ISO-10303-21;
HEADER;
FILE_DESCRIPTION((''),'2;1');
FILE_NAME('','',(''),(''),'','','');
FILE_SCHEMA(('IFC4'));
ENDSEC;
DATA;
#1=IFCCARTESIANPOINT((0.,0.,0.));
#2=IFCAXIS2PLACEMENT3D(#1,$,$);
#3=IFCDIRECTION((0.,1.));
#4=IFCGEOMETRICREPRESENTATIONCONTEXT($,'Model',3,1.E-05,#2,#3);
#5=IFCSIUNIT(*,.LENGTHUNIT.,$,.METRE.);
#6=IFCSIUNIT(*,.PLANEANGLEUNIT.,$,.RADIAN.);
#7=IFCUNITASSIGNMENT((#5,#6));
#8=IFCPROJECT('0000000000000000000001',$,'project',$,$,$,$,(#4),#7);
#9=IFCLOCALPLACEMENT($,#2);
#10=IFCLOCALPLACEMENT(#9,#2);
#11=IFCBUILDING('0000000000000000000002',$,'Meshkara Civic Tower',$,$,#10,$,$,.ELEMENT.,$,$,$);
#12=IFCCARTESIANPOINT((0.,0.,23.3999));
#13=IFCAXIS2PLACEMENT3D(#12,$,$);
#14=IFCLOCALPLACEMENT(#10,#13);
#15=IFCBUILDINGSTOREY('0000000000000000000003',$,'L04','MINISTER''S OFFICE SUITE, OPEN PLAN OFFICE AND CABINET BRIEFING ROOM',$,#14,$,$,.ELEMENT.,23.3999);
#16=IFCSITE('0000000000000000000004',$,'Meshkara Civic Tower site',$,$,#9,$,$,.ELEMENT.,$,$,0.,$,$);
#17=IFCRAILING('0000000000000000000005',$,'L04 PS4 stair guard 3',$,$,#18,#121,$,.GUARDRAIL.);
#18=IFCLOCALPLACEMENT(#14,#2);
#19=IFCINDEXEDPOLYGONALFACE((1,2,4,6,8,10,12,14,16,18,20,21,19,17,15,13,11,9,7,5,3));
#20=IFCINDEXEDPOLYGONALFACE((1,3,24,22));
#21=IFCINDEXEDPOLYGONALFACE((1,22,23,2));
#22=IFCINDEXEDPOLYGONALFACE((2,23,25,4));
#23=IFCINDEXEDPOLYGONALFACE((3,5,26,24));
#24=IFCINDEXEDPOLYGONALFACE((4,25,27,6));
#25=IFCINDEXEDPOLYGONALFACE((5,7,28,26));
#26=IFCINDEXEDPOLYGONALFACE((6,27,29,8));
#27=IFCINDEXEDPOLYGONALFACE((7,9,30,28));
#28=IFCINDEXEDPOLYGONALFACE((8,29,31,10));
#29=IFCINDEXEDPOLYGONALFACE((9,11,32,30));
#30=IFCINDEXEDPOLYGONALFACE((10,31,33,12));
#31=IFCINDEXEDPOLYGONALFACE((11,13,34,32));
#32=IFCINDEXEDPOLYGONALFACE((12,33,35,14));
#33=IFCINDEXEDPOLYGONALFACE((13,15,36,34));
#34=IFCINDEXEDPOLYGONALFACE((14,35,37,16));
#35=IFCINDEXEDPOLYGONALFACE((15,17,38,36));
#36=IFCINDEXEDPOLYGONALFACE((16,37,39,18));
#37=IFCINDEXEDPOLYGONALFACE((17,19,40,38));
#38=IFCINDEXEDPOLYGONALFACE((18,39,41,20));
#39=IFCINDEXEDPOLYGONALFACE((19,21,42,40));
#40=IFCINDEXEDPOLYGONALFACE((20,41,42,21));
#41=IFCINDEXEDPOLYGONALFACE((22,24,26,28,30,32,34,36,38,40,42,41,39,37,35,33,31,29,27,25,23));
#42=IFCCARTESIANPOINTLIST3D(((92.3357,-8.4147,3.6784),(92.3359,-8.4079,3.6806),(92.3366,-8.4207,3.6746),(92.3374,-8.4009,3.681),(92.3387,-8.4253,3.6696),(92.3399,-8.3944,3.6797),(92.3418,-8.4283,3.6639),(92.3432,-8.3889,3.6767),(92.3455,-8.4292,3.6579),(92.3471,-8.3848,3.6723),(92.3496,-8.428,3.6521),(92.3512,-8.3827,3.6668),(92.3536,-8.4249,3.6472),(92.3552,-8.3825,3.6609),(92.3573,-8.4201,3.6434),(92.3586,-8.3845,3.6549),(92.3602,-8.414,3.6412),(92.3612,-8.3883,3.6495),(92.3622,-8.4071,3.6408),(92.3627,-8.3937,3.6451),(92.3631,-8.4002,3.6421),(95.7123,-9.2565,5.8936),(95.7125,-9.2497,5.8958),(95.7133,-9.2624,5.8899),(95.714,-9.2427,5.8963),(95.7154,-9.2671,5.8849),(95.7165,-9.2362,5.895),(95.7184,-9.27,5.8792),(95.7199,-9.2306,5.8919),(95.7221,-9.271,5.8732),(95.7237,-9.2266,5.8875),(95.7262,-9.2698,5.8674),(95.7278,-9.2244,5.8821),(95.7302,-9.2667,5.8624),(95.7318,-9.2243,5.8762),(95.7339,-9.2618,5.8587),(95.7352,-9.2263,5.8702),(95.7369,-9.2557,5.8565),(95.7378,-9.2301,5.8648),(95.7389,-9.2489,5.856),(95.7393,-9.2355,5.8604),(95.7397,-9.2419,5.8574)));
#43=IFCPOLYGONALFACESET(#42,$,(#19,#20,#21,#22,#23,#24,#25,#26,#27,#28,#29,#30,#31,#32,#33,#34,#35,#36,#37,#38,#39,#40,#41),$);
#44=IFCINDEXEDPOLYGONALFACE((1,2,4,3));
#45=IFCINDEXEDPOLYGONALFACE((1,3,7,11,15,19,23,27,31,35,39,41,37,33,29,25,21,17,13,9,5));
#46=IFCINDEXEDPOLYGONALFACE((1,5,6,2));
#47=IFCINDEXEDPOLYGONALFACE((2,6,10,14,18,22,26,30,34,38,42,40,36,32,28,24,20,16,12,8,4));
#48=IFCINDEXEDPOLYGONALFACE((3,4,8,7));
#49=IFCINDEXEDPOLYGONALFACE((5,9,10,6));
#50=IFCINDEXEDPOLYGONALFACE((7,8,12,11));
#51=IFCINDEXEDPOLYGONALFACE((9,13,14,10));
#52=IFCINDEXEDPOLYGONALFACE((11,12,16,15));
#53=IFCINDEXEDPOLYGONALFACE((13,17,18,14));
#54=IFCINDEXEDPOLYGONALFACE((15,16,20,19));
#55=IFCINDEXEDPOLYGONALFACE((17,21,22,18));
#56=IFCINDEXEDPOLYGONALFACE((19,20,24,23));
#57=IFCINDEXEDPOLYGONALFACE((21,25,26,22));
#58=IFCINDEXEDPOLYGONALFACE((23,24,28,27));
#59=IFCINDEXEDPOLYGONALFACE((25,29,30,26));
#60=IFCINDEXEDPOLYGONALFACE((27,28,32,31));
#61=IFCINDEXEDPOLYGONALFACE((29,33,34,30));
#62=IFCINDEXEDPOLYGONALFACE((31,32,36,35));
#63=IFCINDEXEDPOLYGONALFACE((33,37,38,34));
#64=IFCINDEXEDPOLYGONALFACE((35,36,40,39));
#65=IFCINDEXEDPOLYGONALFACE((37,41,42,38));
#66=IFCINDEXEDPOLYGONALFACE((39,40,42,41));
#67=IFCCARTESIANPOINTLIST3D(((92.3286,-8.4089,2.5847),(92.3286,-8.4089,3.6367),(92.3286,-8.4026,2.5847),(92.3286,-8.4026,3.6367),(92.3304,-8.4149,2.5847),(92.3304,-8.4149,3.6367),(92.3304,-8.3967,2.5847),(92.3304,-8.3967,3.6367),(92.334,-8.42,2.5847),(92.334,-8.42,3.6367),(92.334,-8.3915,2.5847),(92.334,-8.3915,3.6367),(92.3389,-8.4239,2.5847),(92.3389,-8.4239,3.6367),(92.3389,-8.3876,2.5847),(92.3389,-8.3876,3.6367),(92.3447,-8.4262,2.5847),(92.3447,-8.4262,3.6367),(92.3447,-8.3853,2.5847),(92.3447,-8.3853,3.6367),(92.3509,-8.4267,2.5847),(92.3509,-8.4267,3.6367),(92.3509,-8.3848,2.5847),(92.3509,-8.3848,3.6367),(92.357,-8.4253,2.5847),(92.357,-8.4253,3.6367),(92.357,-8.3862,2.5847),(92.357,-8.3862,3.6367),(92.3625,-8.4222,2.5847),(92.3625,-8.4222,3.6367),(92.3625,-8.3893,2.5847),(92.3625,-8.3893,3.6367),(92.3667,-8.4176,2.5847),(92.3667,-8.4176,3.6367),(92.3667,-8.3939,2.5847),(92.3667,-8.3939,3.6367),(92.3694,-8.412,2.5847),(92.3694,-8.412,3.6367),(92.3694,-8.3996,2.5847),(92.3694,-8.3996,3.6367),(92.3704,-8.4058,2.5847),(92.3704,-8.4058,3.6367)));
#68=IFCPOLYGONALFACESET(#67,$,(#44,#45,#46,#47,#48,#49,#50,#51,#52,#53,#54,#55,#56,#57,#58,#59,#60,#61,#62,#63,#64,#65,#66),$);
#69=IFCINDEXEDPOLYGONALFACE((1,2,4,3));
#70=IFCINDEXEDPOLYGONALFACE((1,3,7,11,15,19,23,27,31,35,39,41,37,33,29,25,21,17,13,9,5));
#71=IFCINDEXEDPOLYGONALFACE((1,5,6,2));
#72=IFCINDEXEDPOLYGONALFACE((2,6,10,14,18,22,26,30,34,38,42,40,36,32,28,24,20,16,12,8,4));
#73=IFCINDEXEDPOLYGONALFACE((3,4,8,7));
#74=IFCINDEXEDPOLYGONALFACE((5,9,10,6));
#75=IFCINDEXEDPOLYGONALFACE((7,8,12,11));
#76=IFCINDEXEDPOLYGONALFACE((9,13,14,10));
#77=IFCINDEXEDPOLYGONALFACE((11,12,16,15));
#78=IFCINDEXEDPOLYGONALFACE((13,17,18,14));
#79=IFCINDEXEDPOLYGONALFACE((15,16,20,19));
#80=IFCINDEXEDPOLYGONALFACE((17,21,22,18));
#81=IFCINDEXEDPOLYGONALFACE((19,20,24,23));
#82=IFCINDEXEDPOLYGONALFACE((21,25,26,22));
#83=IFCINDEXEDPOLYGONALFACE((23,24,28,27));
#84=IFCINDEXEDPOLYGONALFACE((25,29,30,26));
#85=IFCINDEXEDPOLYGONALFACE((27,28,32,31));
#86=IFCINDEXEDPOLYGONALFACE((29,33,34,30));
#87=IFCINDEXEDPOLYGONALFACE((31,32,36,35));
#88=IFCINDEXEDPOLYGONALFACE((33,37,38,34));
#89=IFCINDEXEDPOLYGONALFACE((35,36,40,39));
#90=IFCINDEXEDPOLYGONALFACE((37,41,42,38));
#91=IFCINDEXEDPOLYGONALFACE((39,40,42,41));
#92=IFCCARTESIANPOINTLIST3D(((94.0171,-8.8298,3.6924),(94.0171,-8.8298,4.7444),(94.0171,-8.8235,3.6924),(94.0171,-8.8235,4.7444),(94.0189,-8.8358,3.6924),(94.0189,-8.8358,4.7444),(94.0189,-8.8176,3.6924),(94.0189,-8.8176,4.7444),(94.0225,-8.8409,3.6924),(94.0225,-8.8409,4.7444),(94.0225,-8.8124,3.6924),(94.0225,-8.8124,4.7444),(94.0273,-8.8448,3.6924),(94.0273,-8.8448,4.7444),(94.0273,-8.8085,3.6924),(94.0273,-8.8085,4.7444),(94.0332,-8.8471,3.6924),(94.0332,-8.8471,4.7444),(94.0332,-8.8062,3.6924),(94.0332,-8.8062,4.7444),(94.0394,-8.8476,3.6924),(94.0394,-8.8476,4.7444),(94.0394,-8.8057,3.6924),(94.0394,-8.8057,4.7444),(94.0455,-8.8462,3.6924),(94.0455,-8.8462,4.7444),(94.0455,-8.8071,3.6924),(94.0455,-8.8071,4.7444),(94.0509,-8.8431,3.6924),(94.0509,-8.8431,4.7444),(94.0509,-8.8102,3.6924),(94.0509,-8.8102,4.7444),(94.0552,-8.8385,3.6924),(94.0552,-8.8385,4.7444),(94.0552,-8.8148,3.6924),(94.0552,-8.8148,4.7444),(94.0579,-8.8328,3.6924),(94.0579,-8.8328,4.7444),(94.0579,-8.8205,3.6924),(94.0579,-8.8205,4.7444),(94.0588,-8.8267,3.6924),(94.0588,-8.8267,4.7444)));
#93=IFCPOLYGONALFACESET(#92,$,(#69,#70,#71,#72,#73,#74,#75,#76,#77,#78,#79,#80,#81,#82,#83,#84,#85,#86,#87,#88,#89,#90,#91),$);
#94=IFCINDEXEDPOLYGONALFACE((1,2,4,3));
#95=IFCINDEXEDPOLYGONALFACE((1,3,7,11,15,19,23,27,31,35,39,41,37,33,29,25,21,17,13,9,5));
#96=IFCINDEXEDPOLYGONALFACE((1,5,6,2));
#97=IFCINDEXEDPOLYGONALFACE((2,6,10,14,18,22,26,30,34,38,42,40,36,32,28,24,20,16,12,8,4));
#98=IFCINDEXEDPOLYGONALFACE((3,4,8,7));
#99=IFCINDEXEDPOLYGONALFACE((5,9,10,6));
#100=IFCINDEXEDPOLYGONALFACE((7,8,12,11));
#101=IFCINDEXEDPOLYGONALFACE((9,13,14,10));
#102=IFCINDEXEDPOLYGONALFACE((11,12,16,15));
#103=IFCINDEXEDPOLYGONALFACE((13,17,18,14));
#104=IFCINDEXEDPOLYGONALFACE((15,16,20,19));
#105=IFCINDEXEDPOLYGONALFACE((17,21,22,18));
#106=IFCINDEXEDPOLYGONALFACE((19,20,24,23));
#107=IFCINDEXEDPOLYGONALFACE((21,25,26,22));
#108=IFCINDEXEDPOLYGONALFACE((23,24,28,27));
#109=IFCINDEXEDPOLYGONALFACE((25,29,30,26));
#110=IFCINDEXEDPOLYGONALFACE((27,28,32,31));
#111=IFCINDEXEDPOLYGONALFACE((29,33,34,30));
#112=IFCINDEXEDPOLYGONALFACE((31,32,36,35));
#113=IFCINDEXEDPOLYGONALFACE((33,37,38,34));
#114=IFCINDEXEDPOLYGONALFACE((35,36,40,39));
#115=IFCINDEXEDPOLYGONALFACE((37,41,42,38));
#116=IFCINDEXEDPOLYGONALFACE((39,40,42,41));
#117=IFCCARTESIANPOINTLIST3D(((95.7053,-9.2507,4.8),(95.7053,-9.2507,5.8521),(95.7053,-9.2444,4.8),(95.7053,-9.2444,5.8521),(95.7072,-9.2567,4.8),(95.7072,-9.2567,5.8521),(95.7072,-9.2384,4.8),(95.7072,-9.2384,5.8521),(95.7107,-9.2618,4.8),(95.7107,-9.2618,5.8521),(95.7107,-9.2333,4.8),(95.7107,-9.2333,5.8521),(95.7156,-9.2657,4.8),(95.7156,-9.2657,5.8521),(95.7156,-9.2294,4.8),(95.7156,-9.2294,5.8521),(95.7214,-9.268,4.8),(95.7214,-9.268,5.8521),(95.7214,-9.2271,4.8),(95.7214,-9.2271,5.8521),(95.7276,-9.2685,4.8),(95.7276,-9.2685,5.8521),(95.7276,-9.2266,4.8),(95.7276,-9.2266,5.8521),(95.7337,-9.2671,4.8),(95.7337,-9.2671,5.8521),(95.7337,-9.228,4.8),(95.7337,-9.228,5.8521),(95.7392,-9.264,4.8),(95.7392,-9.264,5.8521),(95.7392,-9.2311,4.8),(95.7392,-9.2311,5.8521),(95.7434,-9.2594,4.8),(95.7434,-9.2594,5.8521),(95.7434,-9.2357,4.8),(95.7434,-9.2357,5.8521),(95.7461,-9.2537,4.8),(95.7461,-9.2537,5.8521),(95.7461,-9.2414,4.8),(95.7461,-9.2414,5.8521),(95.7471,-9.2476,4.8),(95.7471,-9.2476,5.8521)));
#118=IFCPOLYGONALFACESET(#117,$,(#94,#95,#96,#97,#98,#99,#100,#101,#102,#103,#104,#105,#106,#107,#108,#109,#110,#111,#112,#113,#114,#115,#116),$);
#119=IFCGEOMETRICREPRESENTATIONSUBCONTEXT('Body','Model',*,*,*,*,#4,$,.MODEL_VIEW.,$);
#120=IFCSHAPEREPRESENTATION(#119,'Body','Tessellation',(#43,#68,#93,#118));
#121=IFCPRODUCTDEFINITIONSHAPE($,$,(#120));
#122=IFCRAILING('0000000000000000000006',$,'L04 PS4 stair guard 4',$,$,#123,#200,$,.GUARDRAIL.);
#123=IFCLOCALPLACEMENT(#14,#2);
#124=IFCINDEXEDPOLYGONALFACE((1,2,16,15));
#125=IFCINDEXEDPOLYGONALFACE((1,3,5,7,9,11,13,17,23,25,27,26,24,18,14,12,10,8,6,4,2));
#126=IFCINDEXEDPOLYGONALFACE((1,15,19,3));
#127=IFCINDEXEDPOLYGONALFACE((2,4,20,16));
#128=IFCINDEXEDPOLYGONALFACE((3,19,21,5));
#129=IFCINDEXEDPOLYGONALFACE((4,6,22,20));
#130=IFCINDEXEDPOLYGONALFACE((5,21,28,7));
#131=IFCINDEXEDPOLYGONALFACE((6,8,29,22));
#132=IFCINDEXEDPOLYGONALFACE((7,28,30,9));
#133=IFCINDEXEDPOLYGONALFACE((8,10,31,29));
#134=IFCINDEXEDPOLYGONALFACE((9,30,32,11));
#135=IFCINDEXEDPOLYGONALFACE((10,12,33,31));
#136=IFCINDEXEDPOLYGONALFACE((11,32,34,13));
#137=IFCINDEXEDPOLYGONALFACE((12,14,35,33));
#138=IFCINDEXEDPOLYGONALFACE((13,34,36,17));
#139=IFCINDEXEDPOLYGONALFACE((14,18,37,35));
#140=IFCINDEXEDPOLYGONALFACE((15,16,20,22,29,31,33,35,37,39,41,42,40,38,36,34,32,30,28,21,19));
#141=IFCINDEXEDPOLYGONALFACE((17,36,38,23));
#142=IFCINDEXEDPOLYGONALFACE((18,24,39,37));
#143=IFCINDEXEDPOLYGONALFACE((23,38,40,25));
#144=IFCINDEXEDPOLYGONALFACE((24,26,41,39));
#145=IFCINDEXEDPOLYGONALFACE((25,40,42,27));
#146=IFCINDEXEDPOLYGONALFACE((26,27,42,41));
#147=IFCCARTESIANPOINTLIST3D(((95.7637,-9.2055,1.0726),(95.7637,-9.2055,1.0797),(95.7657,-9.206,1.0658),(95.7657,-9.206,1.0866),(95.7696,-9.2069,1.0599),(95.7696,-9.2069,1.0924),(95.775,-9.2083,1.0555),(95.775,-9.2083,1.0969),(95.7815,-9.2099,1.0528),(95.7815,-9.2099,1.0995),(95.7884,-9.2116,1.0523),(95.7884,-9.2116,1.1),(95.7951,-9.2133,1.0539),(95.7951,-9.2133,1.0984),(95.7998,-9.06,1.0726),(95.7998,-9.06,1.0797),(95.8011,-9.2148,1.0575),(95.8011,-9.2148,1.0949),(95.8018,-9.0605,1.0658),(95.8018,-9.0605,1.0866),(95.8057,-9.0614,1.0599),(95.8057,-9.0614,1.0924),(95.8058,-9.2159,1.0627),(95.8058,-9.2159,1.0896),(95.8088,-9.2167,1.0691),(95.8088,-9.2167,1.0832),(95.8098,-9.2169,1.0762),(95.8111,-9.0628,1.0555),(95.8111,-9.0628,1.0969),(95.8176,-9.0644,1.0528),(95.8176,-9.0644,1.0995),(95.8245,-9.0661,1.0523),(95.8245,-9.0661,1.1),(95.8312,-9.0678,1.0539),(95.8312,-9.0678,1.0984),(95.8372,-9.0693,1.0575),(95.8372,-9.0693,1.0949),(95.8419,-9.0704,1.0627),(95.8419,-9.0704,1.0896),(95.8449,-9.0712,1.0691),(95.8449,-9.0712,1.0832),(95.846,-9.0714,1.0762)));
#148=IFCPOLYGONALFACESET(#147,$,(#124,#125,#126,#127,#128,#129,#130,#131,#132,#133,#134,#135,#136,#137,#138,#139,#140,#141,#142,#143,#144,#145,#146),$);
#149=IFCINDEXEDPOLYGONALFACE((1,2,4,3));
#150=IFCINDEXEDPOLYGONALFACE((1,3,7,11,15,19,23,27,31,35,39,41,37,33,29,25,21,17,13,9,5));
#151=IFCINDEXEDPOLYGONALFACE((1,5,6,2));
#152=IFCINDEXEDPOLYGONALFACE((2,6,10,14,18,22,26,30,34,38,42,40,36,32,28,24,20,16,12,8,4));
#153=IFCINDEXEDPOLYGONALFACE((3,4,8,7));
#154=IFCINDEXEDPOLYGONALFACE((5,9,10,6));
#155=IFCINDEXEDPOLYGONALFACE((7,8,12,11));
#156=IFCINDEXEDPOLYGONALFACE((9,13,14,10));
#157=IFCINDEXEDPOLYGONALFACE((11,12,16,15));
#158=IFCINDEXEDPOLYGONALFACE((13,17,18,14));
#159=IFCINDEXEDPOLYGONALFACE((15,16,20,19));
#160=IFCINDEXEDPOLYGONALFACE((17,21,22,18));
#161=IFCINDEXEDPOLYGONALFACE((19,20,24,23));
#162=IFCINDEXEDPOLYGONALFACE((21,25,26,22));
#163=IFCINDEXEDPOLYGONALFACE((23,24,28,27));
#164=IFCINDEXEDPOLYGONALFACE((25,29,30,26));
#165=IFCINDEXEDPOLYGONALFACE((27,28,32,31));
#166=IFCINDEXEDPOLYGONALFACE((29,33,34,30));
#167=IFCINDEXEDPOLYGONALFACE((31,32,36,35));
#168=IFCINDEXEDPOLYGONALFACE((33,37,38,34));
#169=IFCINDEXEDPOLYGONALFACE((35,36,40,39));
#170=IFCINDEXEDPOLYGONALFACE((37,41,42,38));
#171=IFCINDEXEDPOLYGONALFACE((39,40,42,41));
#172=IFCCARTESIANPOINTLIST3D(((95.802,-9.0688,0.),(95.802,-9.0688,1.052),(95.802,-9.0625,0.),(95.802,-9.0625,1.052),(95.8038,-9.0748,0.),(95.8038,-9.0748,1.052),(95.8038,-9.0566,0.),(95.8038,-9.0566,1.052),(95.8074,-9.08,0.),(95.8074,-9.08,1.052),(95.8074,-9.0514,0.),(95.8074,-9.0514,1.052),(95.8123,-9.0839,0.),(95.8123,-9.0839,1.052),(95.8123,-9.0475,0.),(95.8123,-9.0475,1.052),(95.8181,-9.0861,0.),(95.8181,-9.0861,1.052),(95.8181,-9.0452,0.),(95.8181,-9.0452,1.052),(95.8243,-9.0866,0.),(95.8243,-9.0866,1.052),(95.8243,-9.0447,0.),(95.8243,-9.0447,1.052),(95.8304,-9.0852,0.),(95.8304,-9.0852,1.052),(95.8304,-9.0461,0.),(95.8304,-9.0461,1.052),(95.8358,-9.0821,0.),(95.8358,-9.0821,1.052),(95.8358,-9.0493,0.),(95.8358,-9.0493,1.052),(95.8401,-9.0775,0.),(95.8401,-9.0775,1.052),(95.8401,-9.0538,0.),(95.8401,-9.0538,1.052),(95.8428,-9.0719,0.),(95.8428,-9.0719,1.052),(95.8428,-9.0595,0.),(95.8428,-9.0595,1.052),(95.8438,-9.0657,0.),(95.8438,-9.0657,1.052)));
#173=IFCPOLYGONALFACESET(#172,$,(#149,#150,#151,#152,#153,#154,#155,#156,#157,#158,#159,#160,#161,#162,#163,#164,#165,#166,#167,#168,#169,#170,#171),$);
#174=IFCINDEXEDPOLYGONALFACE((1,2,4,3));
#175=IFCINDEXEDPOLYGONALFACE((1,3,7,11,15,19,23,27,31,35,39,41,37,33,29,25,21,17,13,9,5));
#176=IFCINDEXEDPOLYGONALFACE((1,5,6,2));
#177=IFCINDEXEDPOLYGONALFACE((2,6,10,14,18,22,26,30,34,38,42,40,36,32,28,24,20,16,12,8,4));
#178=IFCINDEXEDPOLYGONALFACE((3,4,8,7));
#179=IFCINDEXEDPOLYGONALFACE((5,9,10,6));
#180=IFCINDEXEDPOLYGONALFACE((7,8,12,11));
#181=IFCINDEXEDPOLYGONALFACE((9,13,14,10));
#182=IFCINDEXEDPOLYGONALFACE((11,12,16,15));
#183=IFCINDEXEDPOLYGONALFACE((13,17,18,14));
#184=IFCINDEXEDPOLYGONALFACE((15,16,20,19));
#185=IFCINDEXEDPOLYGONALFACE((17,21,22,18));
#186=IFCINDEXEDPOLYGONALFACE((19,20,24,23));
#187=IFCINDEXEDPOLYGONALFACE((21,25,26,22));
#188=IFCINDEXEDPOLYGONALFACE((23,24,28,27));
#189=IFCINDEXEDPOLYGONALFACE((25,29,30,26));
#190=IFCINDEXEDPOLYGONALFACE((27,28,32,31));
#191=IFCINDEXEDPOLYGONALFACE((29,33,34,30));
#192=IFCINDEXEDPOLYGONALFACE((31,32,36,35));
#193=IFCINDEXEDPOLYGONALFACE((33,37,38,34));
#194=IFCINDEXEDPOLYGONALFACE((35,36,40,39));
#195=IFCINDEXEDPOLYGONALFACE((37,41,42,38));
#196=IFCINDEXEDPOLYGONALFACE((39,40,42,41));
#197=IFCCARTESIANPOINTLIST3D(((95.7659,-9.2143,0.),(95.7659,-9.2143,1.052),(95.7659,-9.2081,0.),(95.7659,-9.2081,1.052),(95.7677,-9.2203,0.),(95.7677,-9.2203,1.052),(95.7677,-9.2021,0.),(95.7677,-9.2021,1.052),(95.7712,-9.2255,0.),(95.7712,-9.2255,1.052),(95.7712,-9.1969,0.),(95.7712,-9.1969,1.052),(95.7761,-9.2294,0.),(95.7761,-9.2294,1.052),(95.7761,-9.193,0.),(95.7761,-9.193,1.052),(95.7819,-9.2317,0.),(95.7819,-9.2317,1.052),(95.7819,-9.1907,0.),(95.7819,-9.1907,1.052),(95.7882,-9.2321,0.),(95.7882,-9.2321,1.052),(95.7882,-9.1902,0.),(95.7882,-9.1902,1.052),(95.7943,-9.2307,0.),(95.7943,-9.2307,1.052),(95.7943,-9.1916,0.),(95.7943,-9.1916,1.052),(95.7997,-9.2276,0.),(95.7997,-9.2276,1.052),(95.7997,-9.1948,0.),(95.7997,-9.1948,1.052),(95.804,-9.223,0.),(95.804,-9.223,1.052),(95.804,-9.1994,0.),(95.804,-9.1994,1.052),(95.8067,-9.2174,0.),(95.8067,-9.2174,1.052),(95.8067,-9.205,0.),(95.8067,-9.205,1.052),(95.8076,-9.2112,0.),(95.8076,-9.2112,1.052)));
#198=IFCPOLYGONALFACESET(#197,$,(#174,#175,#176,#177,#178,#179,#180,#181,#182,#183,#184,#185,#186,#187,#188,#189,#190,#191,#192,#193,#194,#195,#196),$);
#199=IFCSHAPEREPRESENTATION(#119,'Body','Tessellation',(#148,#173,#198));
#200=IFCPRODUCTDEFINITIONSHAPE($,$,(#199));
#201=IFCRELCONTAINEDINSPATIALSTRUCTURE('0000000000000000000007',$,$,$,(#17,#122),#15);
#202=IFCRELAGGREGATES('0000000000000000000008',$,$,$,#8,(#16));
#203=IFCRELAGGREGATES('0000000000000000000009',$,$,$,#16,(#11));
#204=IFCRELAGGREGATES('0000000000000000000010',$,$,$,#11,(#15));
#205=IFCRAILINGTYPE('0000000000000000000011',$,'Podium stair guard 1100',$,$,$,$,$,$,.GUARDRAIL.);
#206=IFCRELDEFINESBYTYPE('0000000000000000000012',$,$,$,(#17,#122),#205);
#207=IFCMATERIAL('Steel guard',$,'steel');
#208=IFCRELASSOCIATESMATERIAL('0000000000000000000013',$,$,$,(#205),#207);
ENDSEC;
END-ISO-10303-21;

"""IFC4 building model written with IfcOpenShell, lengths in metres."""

from ifc_helpers import new_model, si_unit, direction, frame, origin, origin_2d, place, context, subcontext, project, spatial, circle, extrude, material, type_object, element, save


model = new_model("IFC4")

# Units and contexts
model_context = context("Model", 3, precision=1e-05, world=origin(), true_north=direction((0.0, 1.0)))
body_context = subcontext(model_context, "Body", "Model", "MODEL_VIEW")
ifc_project = project(units=[si_unit("LENGTHUNIT", "METRE"), si_unit("PLANEANGLEUNIT", "RADIAN")], contexts=[model_context])

# Site, building, storey
site_placement = place(None, origin())
site = spatial("IfcSite", under=ifc_project, at=site_placement, Name="Meshkara Civic Tower site", CompositionType="ELEMENT", RefElevation=0.0)
building_placement = place(site_placement, origin())
building = spatial("IfcBuilding", under=site, at=building_placement, Name="Meshkara Civic Tower", CompositionType="ELEMENT")
storey_placement = place(building_placement, frame((0.0, 0.0, 23.3999)))
storey = spatial("IfcBuildingStorey", under=building, at=storey_placement, Name="L04", Description="MINISTER'S OFFICE SUITE, OPEN PLAN OFFICE AND CABINET BRIEFING ROOM", CompositionType="ELEMENT", Elevation=23.3999)

# Railings
ifc_material_1 = material(Name="Steel guard", Category="steel")
railing_type_1 = type_object("IfcRailingType", Name="Podium stair guard 1100", PredefinedType="GUARDRAIL", material=ifc_material_1)
railing_1_placement = place(storey_placement, frame((92.3494, -8.4058, 2.5847)))
element("IfcRailing", 1, at=railing_1_placement, inside=storey, type_object=railing_type_1, Name="L04 PS4 stair guard 3", PredefinedType="GUARDRAIL", context=body_context, shape_type="SweptSolid", body=[
    extrude(circle(Radius=0.0239, at=origin_2d()), frame((0.0, 0.0, 1.0762), z_axis=(0.818527, -0.204055, 0.537005), x_axis=(0.241892, 0.970303, 0.0)), (0.0, 0.0, 1.0), 4.1252),
    extrude(circle(Radius=0.021, at=origin_2d()), origin(), (0.0, 0.0, 1.0), 1.052),
    extrude(circle(Radius=0.021, at=origin_2d()), frame((1.6885, -0.4209, 1.1077)), (0.0, 0.0, 1.0), 1.052),
    extrude(circle(Radius=0.021, at=origin_2d()), frame((3.3767, -0.8418, 2.2153)), (0.0, 0.0, 1.0), 1.052),
])
railing_2_placement = place(storey_placement, frame((95.8228, -9.0657, 0.0)))
element("IfcRailing", 2, at=railing_2_placement, inside=storey, type_object=railing_type_1, Name="L04 PS4 stair guard 4", PredefinedType="GUARDRAIL", context=body_context, shape_type="SweptSolid", body=[
    extrude(circle(Radius=0.0239, at=origin_2d()), frame((0.0, 0.0, 1.0762), z_axis=(-0.241003, -0.970524, 0.0), x_axis=(0.970524, -0.241003, 0.0)), (0.0, 0.0, 1.0), 0.1499),
    extrude(circle(Radius=0.021, at=origin_2d()), origin(), (0.0, 0.0, 1.0), 1.052),
    extrude(circle(Radius=0.021, at=origin_2d()), frame((-0.0361, -0.1455, 0.0)), (0.0, 0.0, 1.0), 1.052),
])

save(model, "model.ifc")
